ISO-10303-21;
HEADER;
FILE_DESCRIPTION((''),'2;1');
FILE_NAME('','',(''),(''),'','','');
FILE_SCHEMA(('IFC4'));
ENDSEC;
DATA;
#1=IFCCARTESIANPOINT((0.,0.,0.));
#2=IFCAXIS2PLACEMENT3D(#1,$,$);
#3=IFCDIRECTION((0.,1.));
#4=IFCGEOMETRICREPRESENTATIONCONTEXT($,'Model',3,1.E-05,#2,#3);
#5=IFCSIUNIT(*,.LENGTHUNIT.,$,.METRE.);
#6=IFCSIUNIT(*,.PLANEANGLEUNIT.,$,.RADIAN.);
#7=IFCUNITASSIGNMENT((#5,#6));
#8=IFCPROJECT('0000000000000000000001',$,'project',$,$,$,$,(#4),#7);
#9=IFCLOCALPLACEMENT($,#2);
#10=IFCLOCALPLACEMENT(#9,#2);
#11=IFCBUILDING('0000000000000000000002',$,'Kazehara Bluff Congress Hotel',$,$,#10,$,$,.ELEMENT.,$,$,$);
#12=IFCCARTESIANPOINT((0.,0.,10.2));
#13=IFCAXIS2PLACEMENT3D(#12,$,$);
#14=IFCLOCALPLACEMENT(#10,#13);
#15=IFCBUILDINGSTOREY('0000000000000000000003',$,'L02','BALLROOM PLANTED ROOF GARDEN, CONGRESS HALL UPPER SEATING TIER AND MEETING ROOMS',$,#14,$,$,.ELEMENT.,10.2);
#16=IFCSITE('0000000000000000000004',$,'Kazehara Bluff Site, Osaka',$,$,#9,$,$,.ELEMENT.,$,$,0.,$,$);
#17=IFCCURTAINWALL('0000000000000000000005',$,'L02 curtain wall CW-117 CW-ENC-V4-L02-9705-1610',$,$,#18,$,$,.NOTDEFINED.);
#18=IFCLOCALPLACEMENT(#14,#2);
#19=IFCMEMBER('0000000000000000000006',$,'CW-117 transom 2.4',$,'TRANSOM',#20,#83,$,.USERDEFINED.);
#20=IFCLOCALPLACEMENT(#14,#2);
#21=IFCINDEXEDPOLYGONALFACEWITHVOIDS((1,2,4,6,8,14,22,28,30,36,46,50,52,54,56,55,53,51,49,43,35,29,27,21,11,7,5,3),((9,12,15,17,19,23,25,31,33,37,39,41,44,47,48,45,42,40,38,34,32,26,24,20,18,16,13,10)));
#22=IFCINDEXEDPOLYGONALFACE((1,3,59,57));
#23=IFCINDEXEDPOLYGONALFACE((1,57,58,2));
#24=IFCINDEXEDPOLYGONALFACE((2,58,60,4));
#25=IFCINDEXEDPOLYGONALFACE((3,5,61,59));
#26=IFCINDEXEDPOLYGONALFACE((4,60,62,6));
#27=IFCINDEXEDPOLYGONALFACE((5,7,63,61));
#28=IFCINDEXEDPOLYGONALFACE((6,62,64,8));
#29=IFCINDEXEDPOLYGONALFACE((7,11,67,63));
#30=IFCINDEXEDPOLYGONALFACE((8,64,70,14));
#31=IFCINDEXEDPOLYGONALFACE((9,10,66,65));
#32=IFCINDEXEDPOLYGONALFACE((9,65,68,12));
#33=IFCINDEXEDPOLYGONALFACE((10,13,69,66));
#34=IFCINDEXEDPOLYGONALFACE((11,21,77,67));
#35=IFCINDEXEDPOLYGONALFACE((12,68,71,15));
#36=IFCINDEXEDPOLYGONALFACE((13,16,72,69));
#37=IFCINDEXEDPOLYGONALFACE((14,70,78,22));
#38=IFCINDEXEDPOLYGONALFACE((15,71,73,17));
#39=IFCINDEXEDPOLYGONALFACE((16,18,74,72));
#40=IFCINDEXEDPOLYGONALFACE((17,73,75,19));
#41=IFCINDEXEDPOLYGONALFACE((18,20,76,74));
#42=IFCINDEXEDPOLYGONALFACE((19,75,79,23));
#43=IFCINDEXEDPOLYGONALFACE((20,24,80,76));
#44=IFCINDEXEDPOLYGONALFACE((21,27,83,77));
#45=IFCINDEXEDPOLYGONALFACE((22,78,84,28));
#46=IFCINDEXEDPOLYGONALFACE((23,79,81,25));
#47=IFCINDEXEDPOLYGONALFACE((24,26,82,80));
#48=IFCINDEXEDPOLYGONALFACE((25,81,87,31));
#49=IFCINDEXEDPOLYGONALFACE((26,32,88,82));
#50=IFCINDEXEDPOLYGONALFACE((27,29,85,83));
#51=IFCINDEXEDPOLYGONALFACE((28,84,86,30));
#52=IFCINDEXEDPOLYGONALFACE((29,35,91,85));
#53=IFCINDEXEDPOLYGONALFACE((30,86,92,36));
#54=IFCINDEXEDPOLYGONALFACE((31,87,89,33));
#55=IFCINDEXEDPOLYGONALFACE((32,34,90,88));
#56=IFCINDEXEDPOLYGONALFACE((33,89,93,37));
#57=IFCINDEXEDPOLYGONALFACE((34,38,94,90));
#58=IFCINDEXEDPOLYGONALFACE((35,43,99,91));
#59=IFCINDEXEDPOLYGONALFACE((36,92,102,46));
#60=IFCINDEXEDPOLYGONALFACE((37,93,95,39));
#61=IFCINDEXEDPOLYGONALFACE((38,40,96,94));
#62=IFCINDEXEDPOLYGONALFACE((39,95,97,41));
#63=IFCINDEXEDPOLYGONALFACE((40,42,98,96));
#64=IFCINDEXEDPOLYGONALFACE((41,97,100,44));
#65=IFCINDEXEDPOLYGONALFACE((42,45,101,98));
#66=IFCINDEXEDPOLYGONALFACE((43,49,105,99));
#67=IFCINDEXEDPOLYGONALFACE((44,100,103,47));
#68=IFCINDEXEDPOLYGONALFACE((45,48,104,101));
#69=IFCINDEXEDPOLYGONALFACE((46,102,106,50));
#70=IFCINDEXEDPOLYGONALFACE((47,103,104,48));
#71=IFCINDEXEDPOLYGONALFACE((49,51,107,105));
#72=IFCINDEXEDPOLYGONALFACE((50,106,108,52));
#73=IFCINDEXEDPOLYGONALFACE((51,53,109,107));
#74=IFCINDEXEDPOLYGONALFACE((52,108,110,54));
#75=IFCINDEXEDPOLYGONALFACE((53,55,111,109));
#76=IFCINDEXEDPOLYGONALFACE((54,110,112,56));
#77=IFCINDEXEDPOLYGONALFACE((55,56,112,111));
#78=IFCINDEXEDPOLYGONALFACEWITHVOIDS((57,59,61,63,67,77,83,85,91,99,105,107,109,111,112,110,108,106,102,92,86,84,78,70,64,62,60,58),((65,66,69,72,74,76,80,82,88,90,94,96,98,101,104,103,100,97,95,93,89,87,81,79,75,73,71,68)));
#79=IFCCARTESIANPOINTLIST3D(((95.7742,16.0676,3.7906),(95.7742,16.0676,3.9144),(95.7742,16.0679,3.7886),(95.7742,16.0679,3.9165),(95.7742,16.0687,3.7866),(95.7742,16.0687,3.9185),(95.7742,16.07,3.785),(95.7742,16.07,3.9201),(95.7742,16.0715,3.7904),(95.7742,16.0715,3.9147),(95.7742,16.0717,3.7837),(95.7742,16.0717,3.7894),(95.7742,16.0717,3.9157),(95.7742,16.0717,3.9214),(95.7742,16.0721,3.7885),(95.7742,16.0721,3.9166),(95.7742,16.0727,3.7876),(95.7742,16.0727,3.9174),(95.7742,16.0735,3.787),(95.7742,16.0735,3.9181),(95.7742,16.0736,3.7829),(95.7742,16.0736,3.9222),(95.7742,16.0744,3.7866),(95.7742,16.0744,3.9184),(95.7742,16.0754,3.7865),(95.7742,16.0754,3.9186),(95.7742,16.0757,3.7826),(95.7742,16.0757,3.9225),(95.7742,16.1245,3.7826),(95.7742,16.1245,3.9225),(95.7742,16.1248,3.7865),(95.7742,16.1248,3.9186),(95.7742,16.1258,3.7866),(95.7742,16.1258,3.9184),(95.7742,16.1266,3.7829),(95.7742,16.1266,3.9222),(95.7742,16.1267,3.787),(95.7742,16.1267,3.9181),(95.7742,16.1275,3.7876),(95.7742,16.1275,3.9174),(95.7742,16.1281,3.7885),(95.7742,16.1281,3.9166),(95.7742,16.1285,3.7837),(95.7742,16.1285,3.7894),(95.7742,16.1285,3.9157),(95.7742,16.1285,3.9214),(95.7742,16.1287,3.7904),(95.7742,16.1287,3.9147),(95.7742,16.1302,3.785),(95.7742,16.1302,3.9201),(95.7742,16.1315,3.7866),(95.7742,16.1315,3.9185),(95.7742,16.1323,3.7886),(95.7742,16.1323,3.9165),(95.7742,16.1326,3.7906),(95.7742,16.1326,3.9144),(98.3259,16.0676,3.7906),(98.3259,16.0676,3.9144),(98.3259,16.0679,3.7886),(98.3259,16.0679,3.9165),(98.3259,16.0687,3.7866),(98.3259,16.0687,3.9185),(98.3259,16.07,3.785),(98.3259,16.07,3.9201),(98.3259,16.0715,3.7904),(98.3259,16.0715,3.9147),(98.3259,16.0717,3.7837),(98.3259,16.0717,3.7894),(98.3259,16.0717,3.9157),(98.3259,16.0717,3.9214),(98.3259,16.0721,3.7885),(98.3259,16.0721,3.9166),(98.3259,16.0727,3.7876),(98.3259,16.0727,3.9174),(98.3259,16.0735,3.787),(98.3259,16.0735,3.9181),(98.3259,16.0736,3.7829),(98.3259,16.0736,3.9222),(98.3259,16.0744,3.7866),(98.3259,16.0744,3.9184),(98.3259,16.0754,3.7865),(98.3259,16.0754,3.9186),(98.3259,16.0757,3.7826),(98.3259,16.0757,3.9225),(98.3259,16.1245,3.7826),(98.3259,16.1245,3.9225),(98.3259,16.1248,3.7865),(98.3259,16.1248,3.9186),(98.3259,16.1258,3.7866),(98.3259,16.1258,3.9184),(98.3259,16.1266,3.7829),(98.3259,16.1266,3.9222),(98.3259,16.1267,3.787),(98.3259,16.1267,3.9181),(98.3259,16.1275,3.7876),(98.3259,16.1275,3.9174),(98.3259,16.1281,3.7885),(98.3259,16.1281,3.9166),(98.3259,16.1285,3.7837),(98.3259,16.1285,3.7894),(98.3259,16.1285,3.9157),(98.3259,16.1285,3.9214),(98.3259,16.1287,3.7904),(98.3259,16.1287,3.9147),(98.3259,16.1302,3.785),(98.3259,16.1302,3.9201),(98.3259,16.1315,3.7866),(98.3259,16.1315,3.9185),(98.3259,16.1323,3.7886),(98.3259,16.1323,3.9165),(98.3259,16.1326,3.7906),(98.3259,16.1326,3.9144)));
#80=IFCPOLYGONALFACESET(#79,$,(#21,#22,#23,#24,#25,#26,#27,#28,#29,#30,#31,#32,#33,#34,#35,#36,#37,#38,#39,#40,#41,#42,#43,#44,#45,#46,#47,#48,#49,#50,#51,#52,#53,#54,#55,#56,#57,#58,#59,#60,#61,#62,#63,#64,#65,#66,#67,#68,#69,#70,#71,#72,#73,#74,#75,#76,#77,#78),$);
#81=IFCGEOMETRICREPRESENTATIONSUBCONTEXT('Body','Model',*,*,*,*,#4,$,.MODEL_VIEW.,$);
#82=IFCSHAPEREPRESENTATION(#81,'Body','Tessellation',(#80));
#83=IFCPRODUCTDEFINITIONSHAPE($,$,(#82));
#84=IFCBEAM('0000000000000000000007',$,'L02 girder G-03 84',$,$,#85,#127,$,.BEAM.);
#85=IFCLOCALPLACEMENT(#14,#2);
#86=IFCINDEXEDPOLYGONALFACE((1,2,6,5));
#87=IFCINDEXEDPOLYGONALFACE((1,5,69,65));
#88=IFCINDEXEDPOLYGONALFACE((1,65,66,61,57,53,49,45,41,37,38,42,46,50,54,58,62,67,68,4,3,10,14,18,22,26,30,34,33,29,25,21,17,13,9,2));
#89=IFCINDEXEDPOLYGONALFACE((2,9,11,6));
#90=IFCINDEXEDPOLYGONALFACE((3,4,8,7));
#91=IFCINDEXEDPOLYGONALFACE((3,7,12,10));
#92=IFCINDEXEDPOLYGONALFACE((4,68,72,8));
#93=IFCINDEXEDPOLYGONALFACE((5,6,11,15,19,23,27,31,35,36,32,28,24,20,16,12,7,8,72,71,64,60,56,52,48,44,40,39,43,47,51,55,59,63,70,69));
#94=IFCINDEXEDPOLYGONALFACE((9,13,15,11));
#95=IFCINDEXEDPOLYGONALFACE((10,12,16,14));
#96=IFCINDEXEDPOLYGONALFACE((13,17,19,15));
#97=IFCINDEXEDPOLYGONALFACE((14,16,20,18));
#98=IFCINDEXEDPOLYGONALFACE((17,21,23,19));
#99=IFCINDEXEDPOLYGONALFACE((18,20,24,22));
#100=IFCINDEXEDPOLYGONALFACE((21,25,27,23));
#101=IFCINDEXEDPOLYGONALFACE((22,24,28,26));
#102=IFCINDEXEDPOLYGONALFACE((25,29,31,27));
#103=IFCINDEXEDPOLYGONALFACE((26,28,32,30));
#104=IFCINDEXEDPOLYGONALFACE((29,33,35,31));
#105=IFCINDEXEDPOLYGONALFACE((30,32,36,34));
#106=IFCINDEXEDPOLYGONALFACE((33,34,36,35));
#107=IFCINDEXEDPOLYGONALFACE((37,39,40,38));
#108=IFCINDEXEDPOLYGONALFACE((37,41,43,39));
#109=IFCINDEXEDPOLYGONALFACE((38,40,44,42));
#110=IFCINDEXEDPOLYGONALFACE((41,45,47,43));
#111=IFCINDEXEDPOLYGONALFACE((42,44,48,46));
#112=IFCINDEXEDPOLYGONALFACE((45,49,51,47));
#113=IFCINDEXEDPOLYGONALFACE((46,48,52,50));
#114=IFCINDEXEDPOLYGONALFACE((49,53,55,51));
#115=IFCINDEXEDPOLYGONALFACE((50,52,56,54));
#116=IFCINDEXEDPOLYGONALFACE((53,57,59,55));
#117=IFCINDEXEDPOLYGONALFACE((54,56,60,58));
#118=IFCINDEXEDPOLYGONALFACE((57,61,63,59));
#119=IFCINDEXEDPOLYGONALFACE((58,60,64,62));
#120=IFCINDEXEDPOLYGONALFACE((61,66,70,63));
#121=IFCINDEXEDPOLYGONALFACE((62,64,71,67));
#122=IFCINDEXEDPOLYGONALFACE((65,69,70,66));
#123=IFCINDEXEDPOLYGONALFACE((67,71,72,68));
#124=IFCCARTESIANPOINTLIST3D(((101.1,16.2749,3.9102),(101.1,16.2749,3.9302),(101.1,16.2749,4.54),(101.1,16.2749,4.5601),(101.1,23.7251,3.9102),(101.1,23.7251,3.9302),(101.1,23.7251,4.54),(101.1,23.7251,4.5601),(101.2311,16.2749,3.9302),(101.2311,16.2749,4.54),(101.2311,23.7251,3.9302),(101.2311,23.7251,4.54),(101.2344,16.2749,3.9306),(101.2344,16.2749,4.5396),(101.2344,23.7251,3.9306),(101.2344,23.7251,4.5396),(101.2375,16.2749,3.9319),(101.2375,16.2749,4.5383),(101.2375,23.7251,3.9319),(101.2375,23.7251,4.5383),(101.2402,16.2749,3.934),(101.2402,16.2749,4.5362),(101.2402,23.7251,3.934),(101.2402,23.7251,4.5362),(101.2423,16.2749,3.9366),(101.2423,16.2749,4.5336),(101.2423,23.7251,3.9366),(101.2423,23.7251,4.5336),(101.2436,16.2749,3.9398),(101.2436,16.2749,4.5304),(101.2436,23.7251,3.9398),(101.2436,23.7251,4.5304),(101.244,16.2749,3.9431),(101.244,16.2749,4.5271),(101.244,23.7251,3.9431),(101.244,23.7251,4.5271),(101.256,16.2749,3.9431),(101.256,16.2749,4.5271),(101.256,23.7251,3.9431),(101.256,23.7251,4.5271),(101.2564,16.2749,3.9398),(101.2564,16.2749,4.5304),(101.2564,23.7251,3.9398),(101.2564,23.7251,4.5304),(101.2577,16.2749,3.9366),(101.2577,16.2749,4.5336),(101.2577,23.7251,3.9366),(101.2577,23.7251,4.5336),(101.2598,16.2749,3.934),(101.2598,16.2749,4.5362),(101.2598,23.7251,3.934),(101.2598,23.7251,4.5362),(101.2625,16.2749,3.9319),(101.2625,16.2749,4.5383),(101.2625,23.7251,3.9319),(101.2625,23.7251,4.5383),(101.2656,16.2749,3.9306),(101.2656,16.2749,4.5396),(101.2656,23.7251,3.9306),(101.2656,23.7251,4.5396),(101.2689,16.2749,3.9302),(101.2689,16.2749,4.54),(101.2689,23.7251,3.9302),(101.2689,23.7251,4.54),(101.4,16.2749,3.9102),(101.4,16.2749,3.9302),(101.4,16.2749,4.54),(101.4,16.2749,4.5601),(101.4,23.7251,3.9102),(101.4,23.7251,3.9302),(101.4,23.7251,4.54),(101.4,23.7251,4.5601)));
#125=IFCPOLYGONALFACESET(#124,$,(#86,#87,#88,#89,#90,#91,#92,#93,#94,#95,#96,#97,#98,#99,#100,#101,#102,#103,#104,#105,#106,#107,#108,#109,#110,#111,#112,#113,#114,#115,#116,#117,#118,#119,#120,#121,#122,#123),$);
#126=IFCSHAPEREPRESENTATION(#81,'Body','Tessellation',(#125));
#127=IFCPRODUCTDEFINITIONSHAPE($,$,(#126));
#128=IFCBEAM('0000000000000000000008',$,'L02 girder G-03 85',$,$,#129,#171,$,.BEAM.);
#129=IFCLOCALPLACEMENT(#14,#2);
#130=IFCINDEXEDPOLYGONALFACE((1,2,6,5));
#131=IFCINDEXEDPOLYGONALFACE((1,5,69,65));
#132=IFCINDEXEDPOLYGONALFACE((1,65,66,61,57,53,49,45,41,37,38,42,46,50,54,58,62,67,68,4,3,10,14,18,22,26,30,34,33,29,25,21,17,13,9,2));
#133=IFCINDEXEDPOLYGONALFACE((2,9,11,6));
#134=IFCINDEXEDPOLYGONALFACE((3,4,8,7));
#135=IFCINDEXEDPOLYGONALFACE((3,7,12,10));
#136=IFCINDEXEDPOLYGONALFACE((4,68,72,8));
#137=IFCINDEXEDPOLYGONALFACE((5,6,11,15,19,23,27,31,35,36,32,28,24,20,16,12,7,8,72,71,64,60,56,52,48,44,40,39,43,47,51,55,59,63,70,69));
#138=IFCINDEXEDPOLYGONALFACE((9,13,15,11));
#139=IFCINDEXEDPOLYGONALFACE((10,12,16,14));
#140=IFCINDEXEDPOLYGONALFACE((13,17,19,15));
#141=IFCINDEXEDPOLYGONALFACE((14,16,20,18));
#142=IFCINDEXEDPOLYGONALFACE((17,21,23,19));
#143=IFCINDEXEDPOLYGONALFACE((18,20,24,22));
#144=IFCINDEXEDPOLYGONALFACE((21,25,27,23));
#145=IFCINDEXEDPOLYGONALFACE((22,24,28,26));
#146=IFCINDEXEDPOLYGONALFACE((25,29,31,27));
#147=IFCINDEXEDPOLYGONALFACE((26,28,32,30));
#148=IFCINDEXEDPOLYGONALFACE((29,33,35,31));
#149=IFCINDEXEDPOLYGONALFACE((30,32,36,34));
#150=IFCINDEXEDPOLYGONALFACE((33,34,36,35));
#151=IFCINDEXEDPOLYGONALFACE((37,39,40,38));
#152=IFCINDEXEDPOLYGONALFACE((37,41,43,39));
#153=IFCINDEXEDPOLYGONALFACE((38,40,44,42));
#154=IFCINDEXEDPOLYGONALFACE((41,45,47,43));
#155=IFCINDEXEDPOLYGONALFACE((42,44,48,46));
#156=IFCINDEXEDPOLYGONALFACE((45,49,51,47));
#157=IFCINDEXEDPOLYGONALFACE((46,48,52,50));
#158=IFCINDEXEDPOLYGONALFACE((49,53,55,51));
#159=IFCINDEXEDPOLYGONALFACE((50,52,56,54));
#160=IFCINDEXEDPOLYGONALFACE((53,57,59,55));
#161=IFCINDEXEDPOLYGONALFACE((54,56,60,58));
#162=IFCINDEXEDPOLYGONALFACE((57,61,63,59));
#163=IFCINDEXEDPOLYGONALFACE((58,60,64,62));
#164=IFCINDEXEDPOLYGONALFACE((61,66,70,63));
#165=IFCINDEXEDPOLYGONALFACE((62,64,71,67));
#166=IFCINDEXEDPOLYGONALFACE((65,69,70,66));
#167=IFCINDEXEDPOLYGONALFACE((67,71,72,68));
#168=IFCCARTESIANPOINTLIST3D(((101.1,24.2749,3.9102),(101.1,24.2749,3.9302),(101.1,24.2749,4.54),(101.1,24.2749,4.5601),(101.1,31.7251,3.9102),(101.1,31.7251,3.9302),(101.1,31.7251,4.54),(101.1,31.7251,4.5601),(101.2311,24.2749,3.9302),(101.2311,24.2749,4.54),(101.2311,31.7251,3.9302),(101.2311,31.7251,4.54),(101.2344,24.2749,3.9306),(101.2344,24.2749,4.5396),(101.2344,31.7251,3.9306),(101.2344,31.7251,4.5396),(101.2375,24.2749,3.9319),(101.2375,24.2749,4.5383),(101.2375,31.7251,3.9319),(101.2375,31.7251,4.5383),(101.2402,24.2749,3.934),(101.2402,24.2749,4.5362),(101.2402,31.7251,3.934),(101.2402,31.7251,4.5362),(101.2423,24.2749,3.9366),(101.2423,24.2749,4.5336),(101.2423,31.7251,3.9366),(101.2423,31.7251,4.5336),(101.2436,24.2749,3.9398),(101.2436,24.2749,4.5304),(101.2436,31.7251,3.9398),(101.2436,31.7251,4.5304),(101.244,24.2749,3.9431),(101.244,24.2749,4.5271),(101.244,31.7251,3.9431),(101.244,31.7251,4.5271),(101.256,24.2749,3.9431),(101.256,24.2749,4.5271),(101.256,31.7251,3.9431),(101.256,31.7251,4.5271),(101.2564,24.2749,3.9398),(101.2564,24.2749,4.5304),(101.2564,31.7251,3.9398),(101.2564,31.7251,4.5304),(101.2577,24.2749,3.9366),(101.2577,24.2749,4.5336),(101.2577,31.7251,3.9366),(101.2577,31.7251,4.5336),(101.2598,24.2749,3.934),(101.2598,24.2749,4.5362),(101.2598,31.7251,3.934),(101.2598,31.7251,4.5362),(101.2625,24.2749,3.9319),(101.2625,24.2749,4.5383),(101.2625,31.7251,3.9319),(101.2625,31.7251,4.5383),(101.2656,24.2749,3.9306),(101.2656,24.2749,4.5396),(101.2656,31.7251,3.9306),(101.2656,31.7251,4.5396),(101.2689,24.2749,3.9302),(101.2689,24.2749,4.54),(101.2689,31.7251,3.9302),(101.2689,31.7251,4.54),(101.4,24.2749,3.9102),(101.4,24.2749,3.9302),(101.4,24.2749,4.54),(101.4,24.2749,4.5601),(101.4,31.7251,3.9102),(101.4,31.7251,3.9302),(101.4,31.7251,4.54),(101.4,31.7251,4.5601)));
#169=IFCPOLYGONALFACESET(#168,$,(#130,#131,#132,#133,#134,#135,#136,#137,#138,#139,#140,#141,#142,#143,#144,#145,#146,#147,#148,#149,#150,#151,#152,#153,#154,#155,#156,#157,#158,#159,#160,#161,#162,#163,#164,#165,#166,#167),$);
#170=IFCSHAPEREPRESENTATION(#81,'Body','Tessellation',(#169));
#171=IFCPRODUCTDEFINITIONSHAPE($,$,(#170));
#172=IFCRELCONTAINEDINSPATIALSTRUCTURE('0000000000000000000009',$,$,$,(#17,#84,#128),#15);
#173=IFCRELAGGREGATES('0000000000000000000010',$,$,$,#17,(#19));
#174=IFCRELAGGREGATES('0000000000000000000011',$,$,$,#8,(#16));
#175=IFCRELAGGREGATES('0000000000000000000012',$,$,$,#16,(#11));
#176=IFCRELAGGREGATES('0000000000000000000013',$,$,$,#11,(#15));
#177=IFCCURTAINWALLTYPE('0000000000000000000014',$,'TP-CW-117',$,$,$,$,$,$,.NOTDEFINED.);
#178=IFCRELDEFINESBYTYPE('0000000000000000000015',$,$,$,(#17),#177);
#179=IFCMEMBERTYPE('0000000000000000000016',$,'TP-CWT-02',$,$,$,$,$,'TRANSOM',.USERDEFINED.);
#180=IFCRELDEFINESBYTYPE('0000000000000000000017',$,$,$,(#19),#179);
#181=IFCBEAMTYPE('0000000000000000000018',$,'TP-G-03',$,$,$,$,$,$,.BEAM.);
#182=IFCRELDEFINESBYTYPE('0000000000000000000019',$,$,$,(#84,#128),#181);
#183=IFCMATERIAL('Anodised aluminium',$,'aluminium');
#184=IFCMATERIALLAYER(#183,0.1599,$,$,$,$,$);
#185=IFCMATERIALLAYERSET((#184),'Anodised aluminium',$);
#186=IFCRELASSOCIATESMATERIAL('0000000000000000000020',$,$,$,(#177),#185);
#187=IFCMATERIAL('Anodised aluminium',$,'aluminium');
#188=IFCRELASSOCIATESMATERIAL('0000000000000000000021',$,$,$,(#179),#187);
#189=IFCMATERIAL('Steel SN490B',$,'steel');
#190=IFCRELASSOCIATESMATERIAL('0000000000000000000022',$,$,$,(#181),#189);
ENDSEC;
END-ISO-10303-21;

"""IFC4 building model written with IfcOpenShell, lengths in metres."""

from ifc_helpers import new_model, si_unit, direction, frame, origin, origin_2d, place, context, subcontext, project, spatial, hollow_rectangle, i_section, extrude, material, layer, layer_set, material_profile, profile_set, type_object, element, aggregate, save


model = new_model("IFC4")

# Units and contexts
model_context = context("Model", 3, precision=1e-05, world=origin(), true_north=direction((0.0, 1.0)))
body_context = subcontext(model_context, "Body", "Model", "MODEL_VIEW")
ifc_project = project(units=[si_unit("LENGTHUNIT", "METRE"), si_unit("PLANEANGLEUNIT", "RADIAN")], contexts=[model_context])

# Site, building, storey
site_placement = place(None, origin())
site = spatial("IfcSite", under=ifc_project, at=site_placement, Name="Kazehara Bluff Site, Osaka", CompositionType="ELEMENT", RefElevation=0.0)
building_placement = place(site_placement, origin())
building = spatial("IfcBuilding", under=site, at=building_placement, Name="Kazehara Bluff Congress Hotel", CompositionType="ELEMENT")
storey_placement = place(building_placement, frame((0.0, 0.0, 10.2)))
storey = spatial("IfcBuildingStorey", under=building, at=storey_placement, Name="L02", Description="BALLROOM PLANTED ROOF GARDEN, CONGRESS HALL UPPER SEATING TIER AND MEETING ROOMS", CompositionType="ELEMENT", Elevation=10.2)

# Curtain wall
ifc_material_1 = material(Name="Anodised aluminium", Category="aluminium")
ifc_layer_1 = layer(ifc_material_1, 0.1599)
ifc_layer_set_1 = layer_set([ifc_layer_1], Name="Anodised aluminium")
curtain_wall_type_1 = type_object("IfcCurtainWallType", Name="TP-CW-117", PredefinedType="NOTDEFINED", material=ifc_layer_set_1)
curtain_wall_1_placement = place(storey_placement, origin())
curtain_wall_1 = element("IfcCurtainWall", 1, at=curtain_wall_1_placement, inside=storey, type_object=curtain_wall_type_1, Name="L02 curtain wall CW-117 CW-ENC-V4-L02-9705-1610", PredefinedType="NOTDEFINED")

# Member
ifc_material_2 = material(Name="Anodised aluminium", Category="aluminium")
ifc_material_profile_1 = material_profile(ifc_material_2, hollow_rectangle(XDim=0.0649, YDim=0.1399, WallThickness=0.0039, InnerFilletRadius=0.0039, OuterFilletRadius=0.0081, at=origin_2d()))
ifc_profile_set_1 = profile_set([ifc_material_profile_1], Name="Anodised aluminium")
member_type_1 = type_object("IfcMemberType", Name="TP-CWT-02", ElementType="TRANSOM", PredefinedType="USERDEFINED", material=ifc_profile_set_1)
member_1_placement = place(storey_placement, frame((98.3259, 16.1001, 3.8525), z_axis=(-1.0, 0.0, 0.0), x_axis=(0.0, -1.0, 0.0)))
member_1 = element("IfcMember", 2, at=member_1_placement, type_object=member_type_1, Name="CW-117 transom 2.4", ObjectType="TRANSOM", PredefinedType="USERDEFINED", context=body_context, shape_type="SweptSolid", body=[
    extrude(hollow_rectangle(XDim=0.0649, YDim=0.1399, WallThickness=0.0039, InnerFilletRadius=0.0039, OuterFilletRadius=0.0081, at=origin_2d()), origin(), (0.0, 0.0, 1.0), 2.5518),
])

# Beams
ifc_material_3 = material(Name="Steel SN490B", Category="steel")
ifc_material_profile_2 = material_profile(ifc_material_3, i_section(OverallWidth=0.3, OverallDepth=0.6499, WebThickness=0.012, FlangeThickness=0.02, FilletRadius=0.0129, at=origin_2d()))
ifc_profile_set_2 = profile_set([ifc_material_profile_2], Name="Steel SN490B")
beam_type_1 = type_object("IfcBeamType", Name="TP-G-03", PredefinedType="BEAM", material=ifc_profile_set_2)
for number, where, z_axis, x_axis, name in (
    (3, (101.25, 16.2749, 4.2351), (0.0, 1.0, 0.0), (-1.0, 0.0, 0.0), "L02 girder G-03 84"),
    (4, (101.25, 24.2749, 4.2351), (0.0, 1.0, 0.0), (-1.0, 0.0, 0.0), "L02 girder G-03 85"),
):
    element("IfcBeam", number, at=place(storey_placement, frame(where, z_axis=z_axis, x_axis=x_axis)), inside=storey, type_object=beam_type_1, Name=name, PredefinedType="BEAM", context=body_context, shape_type="SweptSolid", body=[
        extrude(i_section(OverallWidth=0.3, OverallDepth=0.6499, WebThickness=0.012, FlangeThickness=0.02, FilletRadius=0.0129, at=origin_2d()), origin(), (0.0, 0.0, 1.0), 7.4502),
    ])

aggregate(curtain_wall_1, [member_1])

save(model, "model.ifc")
